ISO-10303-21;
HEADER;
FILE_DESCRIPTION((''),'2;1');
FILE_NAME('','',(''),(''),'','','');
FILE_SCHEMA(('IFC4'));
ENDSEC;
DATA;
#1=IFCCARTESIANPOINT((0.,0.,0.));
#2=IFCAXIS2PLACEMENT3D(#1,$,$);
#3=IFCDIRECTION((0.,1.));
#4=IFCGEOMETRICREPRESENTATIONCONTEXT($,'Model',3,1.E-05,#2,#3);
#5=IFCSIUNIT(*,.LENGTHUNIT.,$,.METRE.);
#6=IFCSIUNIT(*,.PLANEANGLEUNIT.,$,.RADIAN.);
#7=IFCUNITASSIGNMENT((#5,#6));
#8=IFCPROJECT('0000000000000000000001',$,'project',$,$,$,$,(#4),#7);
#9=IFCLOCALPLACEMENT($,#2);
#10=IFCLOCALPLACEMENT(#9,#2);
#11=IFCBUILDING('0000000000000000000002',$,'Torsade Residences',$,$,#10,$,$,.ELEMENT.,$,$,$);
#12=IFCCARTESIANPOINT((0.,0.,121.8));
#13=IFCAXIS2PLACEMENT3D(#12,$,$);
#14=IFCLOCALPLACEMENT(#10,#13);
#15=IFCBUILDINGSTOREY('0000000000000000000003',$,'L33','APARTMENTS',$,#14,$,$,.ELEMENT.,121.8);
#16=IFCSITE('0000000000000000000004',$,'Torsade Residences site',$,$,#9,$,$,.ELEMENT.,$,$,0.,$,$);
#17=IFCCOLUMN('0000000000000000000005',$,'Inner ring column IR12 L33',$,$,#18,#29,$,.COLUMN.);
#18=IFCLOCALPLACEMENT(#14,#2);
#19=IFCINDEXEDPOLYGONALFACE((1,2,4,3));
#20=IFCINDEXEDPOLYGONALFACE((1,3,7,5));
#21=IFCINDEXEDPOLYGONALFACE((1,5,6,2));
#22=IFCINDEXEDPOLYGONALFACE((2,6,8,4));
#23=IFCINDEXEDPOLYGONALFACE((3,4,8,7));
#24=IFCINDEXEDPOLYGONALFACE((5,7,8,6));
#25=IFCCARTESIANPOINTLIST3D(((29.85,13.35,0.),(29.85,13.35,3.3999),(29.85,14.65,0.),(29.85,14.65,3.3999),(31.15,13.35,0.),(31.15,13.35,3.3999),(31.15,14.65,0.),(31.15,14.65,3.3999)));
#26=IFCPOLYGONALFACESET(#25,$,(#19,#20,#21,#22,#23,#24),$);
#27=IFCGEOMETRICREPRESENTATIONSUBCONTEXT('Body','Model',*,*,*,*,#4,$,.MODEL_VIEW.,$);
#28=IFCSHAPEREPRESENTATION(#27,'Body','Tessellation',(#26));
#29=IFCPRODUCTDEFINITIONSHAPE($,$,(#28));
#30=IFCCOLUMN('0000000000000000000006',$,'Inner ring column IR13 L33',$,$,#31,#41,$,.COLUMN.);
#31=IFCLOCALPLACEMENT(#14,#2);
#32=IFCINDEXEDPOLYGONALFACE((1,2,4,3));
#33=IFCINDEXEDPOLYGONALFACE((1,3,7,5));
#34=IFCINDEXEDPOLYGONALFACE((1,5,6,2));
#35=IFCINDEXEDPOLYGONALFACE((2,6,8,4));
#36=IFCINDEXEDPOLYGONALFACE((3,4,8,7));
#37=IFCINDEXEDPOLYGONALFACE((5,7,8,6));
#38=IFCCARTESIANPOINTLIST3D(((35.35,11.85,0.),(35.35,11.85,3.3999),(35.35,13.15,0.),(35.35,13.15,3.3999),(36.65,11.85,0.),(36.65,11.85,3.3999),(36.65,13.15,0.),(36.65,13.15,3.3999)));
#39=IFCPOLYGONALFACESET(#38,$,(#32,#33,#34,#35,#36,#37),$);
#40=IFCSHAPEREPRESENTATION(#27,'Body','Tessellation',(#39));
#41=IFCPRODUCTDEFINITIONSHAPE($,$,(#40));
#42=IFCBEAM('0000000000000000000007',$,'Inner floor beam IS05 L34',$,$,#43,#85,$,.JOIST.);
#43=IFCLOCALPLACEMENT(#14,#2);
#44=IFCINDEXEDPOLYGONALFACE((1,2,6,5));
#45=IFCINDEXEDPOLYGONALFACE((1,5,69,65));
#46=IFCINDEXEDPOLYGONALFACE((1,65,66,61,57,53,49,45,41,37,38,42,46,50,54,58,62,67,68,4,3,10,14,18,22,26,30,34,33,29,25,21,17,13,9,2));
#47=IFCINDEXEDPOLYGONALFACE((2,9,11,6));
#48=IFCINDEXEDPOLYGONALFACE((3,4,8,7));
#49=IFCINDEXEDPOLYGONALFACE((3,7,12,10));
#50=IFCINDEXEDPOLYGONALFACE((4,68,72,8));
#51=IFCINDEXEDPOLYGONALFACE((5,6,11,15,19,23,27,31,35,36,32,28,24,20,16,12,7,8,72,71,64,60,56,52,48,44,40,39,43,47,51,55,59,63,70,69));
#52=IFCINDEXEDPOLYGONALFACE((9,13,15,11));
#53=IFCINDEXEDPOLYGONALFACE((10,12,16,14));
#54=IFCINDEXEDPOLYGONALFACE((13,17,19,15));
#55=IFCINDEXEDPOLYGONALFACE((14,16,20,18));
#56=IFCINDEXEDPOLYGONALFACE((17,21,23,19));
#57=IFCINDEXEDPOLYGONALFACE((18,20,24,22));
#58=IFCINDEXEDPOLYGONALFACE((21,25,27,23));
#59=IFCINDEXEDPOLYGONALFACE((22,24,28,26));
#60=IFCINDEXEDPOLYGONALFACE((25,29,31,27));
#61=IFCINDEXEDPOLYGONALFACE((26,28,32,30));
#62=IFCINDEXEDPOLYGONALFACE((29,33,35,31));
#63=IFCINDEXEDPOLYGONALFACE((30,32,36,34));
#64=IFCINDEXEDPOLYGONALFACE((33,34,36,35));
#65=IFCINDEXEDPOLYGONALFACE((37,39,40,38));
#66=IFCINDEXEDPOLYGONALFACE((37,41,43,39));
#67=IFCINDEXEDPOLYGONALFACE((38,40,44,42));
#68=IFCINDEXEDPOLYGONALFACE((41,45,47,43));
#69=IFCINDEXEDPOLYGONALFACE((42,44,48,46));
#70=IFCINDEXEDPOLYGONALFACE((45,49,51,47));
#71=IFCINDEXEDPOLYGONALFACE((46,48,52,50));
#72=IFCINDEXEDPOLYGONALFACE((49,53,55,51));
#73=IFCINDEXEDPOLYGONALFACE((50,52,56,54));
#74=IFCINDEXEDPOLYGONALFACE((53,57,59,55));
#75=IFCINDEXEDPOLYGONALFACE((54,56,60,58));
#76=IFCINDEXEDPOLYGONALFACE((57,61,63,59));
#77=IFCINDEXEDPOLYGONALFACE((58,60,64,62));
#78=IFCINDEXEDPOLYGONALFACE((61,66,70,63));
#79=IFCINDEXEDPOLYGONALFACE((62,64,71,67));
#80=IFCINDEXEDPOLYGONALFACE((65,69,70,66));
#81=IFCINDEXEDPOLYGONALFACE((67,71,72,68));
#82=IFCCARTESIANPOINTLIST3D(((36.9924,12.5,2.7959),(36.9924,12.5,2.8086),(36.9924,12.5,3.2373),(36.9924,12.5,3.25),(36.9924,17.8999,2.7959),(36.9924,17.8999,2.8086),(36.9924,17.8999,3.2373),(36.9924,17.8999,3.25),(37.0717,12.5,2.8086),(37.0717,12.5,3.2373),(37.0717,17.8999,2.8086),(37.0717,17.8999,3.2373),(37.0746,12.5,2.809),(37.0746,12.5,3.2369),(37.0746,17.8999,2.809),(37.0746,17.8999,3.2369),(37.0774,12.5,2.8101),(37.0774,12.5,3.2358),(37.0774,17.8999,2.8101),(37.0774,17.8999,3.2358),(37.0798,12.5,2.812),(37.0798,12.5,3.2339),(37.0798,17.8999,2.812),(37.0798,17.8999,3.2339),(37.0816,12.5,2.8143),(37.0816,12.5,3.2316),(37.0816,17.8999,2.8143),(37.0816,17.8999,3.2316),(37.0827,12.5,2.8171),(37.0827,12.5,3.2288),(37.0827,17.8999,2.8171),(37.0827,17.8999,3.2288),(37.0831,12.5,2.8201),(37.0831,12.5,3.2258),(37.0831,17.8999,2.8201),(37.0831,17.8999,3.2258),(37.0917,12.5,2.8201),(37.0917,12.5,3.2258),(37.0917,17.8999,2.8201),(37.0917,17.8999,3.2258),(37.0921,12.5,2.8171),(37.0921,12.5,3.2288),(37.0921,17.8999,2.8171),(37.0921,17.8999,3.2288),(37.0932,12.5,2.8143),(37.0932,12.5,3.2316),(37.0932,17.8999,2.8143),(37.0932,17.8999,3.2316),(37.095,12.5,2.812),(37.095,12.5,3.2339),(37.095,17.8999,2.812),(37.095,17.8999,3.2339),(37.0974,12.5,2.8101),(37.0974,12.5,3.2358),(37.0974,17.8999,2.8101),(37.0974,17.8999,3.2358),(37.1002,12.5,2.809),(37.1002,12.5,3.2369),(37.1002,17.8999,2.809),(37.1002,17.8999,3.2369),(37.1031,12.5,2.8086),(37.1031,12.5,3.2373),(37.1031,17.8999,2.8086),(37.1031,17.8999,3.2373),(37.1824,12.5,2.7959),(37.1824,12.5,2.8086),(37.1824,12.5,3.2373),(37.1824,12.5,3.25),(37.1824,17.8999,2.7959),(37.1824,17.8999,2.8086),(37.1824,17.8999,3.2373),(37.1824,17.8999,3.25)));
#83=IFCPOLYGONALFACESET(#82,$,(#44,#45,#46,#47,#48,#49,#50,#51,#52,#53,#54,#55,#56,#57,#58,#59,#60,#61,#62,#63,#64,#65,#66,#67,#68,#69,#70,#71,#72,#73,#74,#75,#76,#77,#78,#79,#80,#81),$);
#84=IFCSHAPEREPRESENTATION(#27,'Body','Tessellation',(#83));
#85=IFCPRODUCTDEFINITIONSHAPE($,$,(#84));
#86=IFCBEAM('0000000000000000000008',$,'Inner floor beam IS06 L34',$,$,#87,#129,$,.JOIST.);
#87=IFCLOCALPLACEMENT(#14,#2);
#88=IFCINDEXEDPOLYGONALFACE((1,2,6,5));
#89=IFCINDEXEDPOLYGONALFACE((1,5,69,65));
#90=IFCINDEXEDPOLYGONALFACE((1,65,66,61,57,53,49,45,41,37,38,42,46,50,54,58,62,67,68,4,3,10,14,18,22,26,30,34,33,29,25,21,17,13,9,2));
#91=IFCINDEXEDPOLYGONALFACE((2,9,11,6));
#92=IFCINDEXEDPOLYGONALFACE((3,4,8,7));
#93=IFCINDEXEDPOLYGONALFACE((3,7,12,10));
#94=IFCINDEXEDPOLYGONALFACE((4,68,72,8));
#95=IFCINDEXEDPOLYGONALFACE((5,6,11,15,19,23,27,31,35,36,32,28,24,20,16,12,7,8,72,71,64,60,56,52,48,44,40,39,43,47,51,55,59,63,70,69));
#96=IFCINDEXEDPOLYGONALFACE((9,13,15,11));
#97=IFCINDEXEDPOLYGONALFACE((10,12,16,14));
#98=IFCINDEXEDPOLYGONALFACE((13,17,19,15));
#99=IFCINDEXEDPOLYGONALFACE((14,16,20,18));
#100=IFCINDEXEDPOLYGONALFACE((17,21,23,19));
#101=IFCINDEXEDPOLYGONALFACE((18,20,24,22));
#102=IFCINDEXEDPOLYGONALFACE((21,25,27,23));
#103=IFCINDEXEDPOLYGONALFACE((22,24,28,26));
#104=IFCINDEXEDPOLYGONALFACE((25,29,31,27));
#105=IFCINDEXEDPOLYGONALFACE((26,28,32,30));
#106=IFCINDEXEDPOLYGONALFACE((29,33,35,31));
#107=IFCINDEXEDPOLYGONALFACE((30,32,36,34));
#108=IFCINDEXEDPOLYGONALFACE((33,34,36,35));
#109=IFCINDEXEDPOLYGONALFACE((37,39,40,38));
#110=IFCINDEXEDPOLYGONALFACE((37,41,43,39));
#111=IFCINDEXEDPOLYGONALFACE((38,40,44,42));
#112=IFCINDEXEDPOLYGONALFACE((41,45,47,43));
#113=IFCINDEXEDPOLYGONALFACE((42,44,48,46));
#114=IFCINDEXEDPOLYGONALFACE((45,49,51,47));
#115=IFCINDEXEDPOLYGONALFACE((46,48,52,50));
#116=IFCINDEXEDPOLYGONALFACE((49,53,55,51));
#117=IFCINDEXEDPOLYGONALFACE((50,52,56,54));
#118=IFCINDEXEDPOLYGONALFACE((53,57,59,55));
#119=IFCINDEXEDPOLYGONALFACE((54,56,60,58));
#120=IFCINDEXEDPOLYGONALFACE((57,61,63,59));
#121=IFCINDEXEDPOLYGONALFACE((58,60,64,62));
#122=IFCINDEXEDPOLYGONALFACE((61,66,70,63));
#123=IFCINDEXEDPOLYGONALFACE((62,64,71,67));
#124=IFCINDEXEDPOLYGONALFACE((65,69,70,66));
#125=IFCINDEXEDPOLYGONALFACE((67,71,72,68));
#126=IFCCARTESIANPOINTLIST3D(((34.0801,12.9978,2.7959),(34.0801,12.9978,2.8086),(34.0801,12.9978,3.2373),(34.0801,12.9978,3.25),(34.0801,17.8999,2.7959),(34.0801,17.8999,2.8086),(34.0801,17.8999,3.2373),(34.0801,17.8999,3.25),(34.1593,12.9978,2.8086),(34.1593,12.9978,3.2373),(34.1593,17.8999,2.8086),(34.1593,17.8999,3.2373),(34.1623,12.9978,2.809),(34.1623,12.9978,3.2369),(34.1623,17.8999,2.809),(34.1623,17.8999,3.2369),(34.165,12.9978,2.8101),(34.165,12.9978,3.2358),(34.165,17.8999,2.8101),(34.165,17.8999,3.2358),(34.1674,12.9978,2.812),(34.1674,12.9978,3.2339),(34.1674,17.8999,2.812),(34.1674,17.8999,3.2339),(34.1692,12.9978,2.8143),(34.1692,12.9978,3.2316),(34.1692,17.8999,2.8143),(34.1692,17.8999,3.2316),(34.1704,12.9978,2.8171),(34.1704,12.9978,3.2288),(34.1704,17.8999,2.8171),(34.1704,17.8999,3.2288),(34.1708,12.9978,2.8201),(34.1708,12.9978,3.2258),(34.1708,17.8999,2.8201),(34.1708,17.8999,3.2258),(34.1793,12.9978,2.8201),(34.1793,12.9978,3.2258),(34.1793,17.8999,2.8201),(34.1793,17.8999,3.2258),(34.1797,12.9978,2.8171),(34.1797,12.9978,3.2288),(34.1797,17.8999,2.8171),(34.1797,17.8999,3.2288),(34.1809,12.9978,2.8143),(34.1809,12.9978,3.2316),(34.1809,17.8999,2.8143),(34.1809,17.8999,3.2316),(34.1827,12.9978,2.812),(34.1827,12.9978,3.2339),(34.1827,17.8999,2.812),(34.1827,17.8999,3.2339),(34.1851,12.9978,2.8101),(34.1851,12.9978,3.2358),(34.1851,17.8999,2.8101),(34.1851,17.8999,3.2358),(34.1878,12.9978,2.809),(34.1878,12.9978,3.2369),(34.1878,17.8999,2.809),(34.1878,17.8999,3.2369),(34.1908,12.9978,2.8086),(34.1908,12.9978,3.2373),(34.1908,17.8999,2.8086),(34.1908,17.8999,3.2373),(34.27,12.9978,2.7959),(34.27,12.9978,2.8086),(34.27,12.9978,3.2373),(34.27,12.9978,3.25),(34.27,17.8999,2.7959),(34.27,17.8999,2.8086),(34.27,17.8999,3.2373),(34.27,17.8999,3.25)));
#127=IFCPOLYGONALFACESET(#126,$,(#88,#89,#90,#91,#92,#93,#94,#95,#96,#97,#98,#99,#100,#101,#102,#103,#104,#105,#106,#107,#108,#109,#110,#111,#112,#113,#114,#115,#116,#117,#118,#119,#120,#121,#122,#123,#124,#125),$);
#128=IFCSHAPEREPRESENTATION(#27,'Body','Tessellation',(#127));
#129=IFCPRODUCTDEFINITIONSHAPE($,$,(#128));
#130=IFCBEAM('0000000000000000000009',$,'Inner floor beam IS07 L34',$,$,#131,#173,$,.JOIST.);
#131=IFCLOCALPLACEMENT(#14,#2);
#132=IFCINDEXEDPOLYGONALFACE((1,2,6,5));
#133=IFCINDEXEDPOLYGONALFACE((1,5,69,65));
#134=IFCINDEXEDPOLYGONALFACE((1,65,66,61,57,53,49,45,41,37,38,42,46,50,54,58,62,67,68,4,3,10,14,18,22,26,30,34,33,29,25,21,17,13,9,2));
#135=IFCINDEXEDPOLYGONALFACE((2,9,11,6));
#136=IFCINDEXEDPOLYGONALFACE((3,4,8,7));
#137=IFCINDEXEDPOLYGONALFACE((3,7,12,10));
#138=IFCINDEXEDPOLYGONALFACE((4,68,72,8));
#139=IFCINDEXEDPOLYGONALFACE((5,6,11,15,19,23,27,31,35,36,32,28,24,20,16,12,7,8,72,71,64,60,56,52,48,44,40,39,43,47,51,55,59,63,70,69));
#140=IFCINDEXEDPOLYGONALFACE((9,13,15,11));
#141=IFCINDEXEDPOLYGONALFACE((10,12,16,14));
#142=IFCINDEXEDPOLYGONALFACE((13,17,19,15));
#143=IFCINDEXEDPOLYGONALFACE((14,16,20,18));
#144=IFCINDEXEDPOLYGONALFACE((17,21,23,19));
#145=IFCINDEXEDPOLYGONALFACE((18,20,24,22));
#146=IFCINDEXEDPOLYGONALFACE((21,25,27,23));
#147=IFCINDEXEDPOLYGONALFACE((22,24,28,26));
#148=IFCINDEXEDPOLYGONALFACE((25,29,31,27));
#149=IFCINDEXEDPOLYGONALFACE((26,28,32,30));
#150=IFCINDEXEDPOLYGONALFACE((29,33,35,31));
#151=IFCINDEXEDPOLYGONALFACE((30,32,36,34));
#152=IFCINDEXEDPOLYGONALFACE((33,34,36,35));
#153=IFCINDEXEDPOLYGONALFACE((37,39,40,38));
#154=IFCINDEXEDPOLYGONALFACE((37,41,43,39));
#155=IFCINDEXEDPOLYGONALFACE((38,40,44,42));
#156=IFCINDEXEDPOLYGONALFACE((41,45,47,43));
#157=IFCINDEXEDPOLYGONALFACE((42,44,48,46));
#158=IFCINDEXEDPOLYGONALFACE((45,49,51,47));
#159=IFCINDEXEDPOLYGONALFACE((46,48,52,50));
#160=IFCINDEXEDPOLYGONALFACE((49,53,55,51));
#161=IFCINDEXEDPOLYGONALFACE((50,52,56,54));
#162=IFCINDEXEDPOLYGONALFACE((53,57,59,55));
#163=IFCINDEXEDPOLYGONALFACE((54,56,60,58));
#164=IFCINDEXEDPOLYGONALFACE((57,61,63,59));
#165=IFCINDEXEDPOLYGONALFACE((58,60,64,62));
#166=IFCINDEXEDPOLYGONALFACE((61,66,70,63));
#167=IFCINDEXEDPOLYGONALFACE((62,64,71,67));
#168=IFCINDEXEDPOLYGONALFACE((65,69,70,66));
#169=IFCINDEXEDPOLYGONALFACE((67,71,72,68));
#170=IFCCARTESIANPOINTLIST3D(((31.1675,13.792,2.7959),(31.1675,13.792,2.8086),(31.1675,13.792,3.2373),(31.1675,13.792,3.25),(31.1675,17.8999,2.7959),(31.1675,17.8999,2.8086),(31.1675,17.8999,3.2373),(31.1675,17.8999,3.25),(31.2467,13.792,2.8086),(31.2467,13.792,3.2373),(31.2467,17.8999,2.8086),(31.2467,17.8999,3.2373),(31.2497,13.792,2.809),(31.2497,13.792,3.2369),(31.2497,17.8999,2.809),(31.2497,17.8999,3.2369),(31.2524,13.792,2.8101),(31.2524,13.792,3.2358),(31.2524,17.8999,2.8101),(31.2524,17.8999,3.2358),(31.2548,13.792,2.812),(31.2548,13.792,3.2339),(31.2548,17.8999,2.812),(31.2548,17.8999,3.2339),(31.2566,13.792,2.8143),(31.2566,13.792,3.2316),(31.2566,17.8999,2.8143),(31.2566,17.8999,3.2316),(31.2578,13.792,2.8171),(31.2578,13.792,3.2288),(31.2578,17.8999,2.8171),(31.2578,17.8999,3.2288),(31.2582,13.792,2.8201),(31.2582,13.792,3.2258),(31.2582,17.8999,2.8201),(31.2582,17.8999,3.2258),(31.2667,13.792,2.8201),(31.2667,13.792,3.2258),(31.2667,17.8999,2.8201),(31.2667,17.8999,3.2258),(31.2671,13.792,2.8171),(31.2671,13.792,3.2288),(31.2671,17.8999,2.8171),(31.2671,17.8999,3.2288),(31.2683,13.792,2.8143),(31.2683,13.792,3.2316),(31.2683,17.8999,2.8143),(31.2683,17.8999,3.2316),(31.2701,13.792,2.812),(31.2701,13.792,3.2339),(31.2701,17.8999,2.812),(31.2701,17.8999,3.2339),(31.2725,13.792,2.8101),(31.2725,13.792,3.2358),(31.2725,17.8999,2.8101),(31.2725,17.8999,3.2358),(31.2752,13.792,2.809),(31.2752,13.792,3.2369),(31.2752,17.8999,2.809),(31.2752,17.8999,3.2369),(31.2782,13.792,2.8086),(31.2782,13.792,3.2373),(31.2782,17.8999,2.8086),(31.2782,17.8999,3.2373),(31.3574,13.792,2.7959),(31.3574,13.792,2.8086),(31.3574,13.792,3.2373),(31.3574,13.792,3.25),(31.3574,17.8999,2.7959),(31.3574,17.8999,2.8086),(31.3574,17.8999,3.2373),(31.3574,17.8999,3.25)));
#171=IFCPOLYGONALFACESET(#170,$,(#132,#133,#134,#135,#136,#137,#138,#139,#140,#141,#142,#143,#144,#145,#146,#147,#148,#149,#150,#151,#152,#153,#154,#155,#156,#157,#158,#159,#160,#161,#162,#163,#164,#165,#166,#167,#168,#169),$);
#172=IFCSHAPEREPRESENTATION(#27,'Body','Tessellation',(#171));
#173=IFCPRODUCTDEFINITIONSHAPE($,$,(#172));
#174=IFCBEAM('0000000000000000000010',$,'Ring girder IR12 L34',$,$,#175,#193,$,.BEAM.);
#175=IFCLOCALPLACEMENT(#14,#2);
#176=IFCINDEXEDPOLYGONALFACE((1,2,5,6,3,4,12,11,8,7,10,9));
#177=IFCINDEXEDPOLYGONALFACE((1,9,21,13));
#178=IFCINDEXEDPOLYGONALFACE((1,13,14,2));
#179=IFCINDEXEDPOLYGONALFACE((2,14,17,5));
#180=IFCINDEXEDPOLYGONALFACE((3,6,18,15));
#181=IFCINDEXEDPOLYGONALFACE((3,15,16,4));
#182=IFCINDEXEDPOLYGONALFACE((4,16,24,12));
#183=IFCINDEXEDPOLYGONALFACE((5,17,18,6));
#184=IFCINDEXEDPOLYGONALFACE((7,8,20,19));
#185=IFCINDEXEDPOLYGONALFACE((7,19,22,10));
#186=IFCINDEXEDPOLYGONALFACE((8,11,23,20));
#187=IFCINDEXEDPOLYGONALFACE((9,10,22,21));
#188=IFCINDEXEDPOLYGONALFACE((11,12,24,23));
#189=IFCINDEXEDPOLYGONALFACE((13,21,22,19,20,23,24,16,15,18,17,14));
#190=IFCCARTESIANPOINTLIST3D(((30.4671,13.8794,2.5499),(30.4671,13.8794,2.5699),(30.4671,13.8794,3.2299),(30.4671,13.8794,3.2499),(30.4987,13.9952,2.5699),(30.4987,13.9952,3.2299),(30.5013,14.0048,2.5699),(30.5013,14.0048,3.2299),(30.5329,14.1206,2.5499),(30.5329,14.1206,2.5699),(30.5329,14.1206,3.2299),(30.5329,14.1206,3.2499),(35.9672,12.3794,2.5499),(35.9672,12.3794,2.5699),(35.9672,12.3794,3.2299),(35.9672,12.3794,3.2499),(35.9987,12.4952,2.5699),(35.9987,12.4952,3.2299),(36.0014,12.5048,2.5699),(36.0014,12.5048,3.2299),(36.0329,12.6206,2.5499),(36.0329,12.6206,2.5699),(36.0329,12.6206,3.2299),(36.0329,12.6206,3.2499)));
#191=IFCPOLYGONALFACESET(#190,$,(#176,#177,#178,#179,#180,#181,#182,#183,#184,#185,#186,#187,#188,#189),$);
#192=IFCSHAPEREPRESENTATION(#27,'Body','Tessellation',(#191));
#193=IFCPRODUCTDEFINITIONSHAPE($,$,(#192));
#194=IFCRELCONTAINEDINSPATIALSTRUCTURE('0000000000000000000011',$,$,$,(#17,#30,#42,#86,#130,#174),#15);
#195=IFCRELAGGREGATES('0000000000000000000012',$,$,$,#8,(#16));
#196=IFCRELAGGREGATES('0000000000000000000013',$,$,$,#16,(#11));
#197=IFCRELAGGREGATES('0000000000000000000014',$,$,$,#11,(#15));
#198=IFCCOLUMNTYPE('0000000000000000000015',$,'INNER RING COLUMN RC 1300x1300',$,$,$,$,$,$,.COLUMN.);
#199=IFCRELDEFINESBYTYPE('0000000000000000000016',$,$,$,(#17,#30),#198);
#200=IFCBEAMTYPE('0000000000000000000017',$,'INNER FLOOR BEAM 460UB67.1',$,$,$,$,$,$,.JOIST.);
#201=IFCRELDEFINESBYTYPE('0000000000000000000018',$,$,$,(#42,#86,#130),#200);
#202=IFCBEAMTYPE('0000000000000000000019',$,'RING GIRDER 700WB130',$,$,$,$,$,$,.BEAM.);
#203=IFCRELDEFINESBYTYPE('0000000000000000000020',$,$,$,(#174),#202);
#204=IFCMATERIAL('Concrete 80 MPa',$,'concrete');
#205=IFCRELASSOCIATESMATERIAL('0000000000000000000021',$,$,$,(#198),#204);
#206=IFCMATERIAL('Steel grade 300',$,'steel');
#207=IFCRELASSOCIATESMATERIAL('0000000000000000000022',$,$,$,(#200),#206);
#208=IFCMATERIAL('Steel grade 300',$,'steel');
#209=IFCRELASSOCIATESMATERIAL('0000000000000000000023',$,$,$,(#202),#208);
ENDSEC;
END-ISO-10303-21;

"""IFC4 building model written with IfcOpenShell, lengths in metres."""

from ifc_helpers import new_model, si_unit, direction, frame, origin, origin_2d, place, context, subcontext, project, spatial, rectangle, i_section, extrude, material, material_profile, profile_set, type_object, element, save


model = new_model("IFC4")

# Units and contexts
model_context = context("Model", 3, precision=1e-05, world=origin(), true_north=direction((0.0, 1.0)))
body_context = subcontext(model_context, "Body", "Model", "MODEL_VIEW")
ifc_project = project(units=[si_unit("LENGTHUNIT", "METRE"), si_unit("PLANEANGLEUNIT", "RADIAN")], contexts=[model_context])

# Site, building, storey
site_placement = place(None, origin())
site = spatial("IfcSite", under=ifc_project, at=site_placement, Name="Torsade Residences site", CompositionType="ELEMENT", RefElevation=0.0)
building_placement = place(site_placement, origin())
building = spatial("IfcBuilding", under=site, at=building_placement, Name="Torsade Residences", CompositionType="ELEMENT")
storey_placement = place(building_placement, frame((0.0, 0.0, 121.8)))
storey = spatial("IfcBuildingStorey", under=building, at=storey_placement, Name="L33", Description="APARTMENTS", CompositionType="ELEMENT", Elevation=121.8)

# Columns
ifc_material_1 = material(Name="Concrete 80 MPa", Category="concrete")
ifc_material_profile_1 = material_profile(ifc_material_1, rectangle(XDim=1.3, YDim=1.3, at=origin_2d()), Name="RC 1300x1300")
ifc_profile_set_1 = profile_set([ifc_material_profile_1], Name="Concrete 80 MPa")
column_type = type_object("IfcColumnType", Name="INNER RING COLUMN RC 1300x1300", PredefinedType="COLUMN", material=ifc_profile_set_1)
for number, where, z_axis, x_axis, name in (
    (1, (30.5, 14.0, 0.0), (0.0, 0.0, 1.0), (1.0, 0.0, 0.0), "Inner ring column IR12 L33"),
    (2, (36.0, 12.5, 0.0), (0.0, 0.0, 1.0), (1.0, 0.0, 0.0), "Inner ring column IR13 L33"),
):
    element("IfcColumn", number, at=place(storey_placement, frame(where, z_axis=z_axis, x_axis=x_axis)), inside=storey, type_object=column_type, Name=name, PredefinedType="COLUMN", context=body_context, shape_type="SweptSolid", body=[
        extrude(rectangle(XDim=1.3, YDim=1.3, at=origin_2d()), origin(), (0.0, 0.0, 1.0), 3.3999),
    ])

# Beams
ifc_material_2 = material(Name="Steel grade 300", Category="steel")
ifc_material_profile_2 = material_profile(ifc_material_2, i_section(OverallWidth=0.1899, OverallDepth=0.4541, WebThickness=0.0085, FlangeThickness=0.0127, FilletRadius=0.0115, at=origin_2d()), Name="460UB67.1")
ifc_profile_set_2 = profile_set([ifc_material_profile_2], Name="Steel grade 300")
beam_type_1 = type_object("IfcBeamType", Name="INNER FLOOR BEAM 460UB67.1", PredefinedType="JOIST", material=ifc_profile_set_2)
beam_1_placement = place(storey_placement, frame((37.0874, 17.8999, 3.0229), z_axis=(0.0, -1.0, 0.0), x_axis=(1.0, 0.0, 0.0)))
element("IfcBeam", 3, at=beam_1_placement, inside=storey, type_object=beam_type_1, Name="Inner floor beam IS05 L34", PredefinedType="JOIST", context=body_context, shape_type="SweptSolid", body=[
    extrude(i_section(OverallWidth=0.1899, OverallDepth=0.4541, WebThickness=0.0085, FlangeThickness=0.0127, FilletRadius=0.0115, at=origin_2d()), origin(), (0.0, 0.0, 1.0), 5.3999),
])
beam_2_placement = place(storey_placement, frame((34.175, 17.8999, 3.0229), z_axis=(0.0, -1.0, 0.0), x_axis=(1.0, 0.0, 0.0)))
element("IfcBeam", 4, at=beam_2_placement, inside=storey, type_object=beam_type_1, Name="Inner floor beam IS06 L34", PredefinedType="JOIST", context=body_context, shape_type="SweptSolid", body=[
    extrude(i_section(OverallWidth=0.1899, OverallDepth=0.4541, WebThickness=0.0085, FlangeThickness=0.0127, FilletRadius=0.0115, at=origin_2d()), origin(), (0.0, 0.0, 1.0), 4.9021),
])
beam_3_placement = place(storey_placement, frame((31.2625, 17.8999, 3.0229), z_axis=(0.0, -1.0, 0.0), x_axis=(1.0, 0.0, 0.0)))
element("IfcBeam", 5, at=beam_3_placement, inside=storey, type_object=beam_type_1, Name="Inner floor beam IS07 L34", PredefinedType="JOIST", context=body_context, shape_type="SweptSolid", body=[
    extrude(i_section(OverallWidth=0.1899, OverallDepth=0.4541, WebThickness=0.0085, FlangeThickness=0.0127, FilletRadius=0.0115, at=origin_2d()), origin(), (0.0, 0.0, 1.0), 4.1079),
])
ifc_material_3 = material(Name="Steel grade 300", Category="steel")
ifc_material_profile_3 = material_profile(ifc_material_3, i_section(OverallWidth=0.25, OverallDepth=0.7, WebThickness=0.01, FlangeThickness=0.02, at=origin_2d()), Name="700WB130")
ifc_profile_set_3 = profile_set([ifc_material_profile_3], Name="Steel grade 300")
beam_type_2 = type_object("IfcBeamType", Name="RING GIRDER 700WB130", PredefinedType="BEAM", material=ifc_profile_set_3)
beam_4_placement = place(storey_placement, frame((30.5, 14.0, 2.8999), z_axis=(0.964764, -0.263117, 0.0), x_axis=(0.263117, 0.964764, 0.0)))
element("IfcBeam", 6, at=beam_4_placement, inside=storey, type_object=beam_type_2, Name="Ring girder IR12 L34", PredefinedType="BEAM", context=body_context, shape_type="SweptSolid", body=[
    extrude(i_section(OverallWidth=0.25, OverallDepth=0.7, WebThickness=0.01, FlangeThickness=0.02, at=origin_2d()), origin(), (0.0, 0.0, 1.0), 5.7009),
])

save(model, "model.ifc")
